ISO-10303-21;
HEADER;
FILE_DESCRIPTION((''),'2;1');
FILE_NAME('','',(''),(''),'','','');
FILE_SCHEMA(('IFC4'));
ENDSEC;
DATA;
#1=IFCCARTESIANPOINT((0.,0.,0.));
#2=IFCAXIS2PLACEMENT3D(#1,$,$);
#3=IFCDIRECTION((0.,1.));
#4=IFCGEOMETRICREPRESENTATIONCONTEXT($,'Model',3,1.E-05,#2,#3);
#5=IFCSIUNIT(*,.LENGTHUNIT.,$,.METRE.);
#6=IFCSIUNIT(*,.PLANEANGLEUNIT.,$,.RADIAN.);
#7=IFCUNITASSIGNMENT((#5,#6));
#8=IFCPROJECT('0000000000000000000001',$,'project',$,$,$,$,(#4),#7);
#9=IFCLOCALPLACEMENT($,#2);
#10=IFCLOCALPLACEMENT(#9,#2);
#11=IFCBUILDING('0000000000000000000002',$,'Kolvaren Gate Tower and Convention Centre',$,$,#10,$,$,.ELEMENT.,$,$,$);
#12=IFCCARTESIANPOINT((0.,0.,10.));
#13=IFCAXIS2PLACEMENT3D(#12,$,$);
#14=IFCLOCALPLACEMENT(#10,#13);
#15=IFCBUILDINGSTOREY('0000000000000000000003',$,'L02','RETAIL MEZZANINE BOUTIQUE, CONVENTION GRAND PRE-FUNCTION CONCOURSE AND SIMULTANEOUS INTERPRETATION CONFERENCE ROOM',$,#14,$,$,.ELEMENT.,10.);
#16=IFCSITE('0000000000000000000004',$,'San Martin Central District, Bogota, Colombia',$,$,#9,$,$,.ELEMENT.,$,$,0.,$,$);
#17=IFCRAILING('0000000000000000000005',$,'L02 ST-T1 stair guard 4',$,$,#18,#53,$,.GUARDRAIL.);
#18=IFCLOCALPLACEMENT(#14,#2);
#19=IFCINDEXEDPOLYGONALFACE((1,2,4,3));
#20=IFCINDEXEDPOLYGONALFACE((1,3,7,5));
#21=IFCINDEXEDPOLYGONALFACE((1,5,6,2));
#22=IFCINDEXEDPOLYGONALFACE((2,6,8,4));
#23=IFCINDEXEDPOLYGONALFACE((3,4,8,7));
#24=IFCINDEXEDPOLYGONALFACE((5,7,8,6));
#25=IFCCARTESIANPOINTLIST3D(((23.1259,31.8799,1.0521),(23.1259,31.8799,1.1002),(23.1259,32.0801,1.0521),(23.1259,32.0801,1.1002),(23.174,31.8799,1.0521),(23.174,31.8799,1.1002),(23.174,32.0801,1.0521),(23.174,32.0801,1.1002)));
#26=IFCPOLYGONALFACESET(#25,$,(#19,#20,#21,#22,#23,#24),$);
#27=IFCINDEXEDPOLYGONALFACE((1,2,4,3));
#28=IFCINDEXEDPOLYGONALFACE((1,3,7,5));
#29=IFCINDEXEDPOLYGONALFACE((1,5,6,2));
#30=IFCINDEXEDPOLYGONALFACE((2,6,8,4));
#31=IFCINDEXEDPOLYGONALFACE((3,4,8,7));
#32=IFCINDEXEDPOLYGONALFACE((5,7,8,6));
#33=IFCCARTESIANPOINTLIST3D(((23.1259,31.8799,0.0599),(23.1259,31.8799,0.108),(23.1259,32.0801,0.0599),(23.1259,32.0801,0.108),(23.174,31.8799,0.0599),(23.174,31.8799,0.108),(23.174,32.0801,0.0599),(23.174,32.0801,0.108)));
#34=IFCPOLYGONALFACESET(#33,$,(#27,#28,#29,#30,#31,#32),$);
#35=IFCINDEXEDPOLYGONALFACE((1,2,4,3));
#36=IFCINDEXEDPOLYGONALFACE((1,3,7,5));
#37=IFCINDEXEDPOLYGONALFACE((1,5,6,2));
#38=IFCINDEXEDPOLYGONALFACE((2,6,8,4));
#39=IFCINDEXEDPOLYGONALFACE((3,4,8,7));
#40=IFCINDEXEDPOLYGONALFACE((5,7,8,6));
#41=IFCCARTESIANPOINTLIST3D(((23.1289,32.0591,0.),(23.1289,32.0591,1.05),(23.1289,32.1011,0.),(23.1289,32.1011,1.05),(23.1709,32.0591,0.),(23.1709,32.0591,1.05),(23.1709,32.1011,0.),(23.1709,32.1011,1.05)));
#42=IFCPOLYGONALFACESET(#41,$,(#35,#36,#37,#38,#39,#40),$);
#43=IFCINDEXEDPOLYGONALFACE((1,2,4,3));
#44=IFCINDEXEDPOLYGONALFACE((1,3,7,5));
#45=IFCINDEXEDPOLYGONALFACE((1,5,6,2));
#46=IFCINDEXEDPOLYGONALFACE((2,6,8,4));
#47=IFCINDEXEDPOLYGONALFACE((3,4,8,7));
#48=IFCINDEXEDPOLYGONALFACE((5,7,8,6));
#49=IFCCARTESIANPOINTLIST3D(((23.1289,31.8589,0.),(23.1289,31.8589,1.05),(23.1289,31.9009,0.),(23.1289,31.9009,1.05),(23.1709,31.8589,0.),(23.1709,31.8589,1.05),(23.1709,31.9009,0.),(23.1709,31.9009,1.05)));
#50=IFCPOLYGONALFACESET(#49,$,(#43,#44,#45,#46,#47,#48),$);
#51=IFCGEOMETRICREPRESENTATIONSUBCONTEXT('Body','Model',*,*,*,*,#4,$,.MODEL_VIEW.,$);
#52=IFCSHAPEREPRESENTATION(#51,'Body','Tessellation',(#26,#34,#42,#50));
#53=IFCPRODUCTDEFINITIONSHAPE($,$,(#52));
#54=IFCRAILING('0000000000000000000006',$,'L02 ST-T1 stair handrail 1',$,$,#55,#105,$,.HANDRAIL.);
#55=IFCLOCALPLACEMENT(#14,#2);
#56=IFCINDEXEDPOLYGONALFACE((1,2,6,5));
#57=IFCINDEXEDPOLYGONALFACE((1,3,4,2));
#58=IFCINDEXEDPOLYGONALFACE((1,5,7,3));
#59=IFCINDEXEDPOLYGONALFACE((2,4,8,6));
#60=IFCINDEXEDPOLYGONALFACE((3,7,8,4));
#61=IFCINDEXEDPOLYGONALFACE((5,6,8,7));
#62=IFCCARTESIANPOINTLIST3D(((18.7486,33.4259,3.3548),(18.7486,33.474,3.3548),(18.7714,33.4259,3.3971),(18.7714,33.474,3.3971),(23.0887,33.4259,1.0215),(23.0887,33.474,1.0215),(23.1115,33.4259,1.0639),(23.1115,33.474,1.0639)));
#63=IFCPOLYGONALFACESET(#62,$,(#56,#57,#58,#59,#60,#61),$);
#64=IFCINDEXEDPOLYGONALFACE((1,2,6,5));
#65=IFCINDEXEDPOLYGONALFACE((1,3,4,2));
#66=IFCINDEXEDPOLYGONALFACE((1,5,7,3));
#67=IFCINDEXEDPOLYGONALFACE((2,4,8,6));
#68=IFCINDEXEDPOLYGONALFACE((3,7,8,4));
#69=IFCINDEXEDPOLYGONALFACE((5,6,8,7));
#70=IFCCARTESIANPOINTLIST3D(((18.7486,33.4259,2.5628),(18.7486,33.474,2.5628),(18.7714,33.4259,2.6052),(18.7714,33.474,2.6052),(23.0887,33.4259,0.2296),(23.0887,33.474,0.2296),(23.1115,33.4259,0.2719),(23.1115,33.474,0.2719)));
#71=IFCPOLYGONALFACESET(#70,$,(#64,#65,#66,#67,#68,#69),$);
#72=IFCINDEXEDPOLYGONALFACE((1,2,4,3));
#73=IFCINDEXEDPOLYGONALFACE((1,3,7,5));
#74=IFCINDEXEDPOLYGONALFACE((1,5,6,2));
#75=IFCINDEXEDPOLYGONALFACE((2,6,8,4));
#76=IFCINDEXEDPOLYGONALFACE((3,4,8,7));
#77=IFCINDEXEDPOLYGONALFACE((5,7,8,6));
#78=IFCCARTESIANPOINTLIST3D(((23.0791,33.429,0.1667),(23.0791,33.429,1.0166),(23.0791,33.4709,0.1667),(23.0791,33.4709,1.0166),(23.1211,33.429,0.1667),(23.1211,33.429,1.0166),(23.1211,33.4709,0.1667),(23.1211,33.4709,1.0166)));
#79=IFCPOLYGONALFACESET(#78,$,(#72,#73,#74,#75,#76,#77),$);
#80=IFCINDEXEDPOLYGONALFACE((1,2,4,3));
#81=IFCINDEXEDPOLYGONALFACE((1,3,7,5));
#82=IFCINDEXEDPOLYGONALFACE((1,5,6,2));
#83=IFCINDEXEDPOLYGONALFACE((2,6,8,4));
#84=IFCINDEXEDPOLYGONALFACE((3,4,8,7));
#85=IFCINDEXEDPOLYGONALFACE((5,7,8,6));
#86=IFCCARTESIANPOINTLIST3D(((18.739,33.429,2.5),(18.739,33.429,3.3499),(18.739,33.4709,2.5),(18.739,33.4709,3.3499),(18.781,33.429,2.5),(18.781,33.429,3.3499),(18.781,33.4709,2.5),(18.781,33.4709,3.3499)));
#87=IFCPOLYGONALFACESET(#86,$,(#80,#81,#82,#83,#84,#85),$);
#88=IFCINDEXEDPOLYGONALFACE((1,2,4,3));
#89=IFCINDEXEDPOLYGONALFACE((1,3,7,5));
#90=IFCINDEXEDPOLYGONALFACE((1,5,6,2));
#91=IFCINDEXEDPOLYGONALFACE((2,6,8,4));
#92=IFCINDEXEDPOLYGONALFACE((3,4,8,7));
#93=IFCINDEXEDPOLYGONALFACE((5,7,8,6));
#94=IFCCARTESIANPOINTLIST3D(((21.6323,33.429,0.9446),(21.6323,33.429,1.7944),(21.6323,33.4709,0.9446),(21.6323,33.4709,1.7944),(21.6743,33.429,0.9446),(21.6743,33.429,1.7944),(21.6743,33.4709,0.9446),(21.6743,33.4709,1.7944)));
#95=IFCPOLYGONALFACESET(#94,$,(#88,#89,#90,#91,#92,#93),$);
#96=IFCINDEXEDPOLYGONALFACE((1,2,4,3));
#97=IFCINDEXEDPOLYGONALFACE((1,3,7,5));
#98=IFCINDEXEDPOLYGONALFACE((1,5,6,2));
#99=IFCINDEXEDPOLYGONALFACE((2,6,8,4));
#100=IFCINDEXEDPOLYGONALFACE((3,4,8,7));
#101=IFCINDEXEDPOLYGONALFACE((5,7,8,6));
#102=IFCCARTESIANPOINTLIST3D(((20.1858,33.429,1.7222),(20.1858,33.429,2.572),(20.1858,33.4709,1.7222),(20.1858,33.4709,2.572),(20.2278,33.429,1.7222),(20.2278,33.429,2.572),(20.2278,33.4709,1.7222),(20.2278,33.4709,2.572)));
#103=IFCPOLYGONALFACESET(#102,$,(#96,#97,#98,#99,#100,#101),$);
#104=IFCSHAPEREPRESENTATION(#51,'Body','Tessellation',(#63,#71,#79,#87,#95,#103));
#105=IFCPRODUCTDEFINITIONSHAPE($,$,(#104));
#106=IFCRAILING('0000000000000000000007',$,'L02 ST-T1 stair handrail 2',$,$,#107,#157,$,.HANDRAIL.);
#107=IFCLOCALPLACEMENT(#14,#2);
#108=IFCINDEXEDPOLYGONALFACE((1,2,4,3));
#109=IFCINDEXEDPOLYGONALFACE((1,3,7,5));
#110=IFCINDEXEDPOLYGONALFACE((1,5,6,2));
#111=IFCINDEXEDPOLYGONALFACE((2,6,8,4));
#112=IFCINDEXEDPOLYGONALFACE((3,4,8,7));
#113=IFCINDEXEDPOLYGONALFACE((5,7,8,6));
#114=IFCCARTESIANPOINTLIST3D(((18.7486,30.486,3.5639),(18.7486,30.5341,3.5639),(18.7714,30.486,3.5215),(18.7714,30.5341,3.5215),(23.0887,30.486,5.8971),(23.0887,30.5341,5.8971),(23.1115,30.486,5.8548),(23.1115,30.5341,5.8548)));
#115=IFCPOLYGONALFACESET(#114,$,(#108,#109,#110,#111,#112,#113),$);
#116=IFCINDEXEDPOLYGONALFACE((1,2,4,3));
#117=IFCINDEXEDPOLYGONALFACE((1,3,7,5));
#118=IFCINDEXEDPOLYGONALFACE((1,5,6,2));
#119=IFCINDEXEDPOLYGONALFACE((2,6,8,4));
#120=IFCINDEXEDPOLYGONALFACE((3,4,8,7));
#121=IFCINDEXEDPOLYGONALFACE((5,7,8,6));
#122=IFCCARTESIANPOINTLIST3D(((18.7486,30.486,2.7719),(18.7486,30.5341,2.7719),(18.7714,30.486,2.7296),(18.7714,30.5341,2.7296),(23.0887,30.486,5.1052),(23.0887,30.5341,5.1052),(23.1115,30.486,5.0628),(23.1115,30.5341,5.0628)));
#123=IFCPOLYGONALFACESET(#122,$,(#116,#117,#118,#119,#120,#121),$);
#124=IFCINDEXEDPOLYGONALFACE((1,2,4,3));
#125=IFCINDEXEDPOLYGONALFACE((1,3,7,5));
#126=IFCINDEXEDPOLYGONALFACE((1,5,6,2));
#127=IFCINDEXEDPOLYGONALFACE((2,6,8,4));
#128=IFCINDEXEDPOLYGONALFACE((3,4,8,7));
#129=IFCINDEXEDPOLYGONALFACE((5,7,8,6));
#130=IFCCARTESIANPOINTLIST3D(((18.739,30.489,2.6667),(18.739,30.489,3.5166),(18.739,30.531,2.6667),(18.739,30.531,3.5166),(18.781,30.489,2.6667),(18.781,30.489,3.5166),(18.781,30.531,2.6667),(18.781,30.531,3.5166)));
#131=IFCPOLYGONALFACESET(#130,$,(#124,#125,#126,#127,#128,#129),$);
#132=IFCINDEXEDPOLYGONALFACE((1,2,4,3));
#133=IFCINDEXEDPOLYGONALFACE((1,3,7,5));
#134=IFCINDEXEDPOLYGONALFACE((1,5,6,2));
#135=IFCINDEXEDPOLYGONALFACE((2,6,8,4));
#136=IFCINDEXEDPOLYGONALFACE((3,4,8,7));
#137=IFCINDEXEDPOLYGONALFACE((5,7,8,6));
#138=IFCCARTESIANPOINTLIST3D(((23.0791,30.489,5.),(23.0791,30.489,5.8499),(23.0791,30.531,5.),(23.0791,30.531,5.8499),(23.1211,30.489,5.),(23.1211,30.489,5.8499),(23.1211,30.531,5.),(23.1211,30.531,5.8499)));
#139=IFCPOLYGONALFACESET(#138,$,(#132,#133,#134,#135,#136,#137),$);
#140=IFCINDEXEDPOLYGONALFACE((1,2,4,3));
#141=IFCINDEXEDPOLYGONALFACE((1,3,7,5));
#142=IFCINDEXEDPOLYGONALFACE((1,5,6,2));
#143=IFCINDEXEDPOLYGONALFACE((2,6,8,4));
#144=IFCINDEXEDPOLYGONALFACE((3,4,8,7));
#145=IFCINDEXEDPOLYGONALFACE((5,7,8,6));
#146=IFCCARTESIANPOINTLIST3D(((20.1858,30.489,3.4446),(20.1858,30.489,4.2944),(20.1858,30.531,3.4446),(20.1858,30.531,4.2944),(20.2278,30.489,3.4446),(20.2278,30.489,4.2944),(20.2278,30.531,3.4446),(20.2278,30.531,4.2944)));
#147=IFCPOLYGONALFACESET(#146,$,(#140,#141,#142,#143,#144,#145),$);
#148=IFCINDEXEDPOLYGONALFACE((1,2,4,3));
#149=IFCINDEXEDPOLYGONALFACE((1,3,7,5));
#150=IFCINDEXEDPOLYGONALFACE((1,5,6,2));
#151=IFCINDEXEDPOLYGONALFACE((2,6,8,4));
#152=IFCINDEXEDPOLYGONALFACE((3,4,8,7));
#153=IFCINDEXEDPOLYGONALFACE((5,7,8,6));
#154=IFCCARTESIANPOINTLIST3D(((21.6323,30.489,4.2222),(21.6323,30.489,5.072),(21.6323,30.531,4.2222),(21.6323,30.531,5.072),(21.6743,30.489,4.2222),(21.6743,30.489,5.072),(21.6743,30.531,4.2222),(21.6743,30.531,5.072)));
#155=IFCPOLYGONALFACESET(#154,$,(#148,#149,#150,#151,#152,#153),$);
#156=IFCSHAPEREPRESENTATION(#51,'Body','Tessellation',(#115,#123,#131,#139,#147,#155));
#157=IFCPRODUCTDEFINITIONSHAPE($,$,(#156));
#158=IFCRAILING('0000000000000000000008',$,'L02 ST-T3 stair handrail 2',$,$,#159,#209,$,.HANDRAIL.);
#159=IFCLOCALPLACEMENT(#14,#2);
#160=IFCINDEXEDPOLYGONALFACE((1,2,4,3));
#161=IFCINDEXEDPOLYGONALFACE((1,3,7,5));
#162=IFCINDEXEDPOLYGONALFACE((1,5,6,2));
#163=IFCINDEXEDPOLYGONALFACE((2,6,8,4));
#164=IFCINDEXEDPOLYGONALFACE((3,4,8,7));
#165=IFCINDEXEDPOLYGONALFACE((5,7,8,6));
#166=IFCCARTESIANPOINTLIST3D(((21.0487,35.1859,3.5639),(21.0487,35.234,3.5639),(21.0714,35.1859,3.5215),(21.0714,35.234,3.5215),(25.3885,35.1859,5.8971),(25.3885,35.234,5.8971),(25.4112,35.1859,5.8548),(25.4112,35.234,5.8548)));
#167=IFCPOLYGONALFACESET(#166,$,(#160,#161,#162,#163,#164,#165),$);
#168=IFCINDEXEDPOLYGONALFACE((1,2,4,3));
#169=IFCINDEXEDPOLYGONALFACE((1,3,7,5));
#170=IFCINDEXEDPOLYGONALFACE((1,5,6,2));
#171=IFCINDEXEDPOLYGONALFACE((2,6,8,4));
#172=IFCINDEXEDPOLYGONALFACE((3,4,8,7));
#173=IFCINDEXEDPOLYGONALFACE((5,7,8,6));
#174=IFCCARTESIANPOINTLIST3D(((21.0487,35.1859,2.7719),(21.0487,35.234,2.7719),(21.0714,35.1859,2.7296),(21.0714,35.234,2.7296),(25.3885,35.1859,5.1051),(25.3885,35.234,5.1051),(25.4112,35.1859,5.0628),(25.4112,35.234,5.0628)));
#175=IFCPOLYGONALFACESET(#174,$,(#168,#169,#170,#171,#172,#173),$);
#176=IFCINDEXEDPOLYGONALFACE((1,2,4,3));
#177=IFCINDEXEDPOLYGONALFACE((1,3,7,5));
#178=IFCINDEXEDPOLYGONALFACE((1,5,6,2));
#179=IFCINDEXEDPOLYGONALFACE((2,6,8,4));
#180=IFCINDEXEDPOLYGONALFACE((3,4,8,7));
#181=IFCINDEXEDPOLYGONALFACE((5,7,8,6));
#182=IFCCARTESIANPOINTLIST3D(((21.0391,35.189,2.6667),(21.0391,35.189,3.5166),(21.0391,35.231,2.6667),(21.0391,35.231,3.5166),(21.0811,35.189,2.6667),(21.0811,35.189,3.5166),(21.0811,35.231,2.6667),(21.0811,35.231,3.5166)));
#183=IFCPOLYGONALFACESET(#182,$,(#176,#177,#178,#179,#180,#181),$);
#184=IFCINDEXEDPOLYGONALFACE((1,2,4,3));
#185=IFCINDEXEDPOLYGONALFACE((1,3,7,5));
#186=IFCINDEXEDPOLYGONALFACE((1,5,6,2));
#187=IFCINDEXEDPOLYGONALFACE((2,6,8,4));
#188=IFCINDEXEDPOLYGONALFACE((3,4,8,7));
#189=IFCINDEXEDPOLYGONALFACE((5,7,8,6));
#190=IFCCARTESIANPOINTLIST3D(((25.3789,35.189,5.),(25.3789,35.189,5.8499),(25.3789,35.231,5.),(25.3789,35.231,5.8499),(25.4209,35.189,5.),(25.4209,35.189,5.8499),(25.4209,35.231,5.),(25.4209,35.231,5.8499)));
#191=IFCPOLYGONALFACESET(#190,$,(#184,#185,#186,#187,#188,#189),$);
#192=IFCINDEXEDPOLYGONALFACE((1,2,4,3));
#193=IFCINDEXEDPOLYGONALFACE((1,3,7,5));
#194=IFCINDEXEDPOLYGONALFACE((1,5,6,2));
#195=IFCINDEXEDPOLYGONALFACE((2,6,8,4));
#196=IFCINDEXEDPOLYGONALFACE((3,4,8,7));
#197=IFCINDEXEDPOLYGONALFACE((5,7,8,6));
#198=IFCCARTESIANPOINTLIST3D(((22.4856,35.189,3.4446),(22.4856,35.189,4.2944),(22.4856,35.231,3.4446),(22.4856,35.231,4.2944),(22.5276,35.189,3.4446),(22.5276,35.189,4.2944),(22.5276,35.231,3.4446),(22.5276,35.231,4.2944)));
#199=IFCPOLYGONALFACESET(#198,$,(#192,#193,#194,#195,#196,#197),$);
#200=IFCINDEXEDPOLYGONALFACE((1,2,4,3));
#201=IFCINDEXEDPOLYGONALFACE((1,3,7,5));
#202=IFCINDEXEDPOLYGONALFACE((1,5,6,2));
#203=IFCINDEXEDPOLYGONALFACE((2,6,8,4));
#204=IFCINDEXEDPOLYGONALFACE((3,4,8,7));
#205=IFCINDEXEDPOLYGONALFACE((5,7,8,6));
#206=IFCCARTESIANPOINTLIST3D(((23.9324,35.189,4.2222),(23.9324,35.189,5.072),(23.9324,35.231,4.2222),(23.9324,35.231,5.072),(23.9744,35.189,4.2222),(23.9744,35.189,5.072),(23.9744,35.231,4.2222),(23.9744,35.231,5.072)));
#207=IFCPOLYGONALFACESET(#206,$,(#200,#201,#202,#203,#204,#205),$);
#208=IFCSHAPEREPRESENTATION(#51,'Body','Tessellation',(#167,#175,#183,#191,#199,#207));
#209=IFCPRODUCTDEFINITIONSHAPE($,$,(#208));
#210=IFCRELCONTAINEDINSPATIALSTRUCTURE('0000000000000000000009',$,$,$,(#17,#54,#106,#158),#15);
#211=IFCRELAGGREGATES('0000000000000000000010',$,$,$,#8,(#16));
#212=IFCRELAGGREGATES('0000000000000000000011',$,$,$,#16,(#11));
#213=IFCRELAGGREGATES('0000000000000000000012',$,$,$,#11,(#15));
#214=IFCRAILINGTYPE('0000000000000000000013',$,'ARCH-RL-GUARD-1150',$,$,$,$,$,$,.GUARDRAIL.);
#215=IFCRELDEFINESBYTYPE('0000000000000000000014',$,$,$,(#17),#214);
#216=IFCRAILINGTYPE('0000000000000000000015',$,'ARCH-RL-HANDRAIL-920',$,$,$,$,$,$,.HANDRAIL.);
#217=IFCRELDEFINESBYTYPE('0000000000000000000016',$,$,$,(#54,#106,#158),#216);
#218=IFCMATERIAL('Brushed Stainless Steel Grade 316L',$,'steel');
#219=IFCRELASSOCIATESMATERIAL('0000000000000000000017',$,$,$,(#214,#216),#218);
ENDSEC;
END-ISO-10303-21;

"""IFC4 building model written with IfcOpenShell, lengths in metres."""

from ifc_helpers import new_model, si_unit, direction, frame, origin, origin_2d, place, context, subcontext, project, spatial, rectangle, extrude, material, type_object, element, save


model = new_model("IFC4")

# Units and contexts
model_context = context("Model", 3, precision=1e-05, world=origin(), true_north=direction((0.0, 1.0)))
body_context = subcontext(model_context, "Body", "Model", "MODEL_VIEW")
ifc_project = project(units=[si_unit("LENGTHUNIT", "METRE"), si_unit("PLANEANGLEUNIT", "RADIAN")], contexts=[model_context])

# Site, building, storey
site_placement = place(None, origin())
site = spatial("IfcSite", under=ifc_project, at=site_placement, Name="San Martin Central District, Bogota, Colombia", CompositionType="ELEMENT", RefElevation=0.0)
building_placement = place(site_placement, origin())
building = spatial("IfcBuilding", under=site, at=building_placement, Name="Kolvaren Gate Tower and Convention Centre", CompositionType="ELEMENT")
storey_placement = place(building_placement, frame((0.0, 0.0, 10.0)))
storey = spatial("IfcBuildingStorey", under=building, at=storey_placement, Name="L02", Description="RETAIL MEZZANINE BOUTIQUE, CONVENTION GRAND PRE-FUNCTION CONCOURSE AND SIMULTANEOUS INTERPRETATION CONFERENCE ROOM", CompositionType="ELEMENT", Elevation=10.0)

# Shared definitions
ifc_material_1 = material(Name="Brushed Stainless Steel Grade 316L", Category="steel")

# Railings
railing_type_1 = type_object("IfcRailingType", Name="ARCH-RL-GUARD-1150", PredefinedType="GUARDRAIL", material=ifc_material_1)
railing_1_placement = place(storey_placement, frame((23.1499, 32.0801, 0.0)))
element("IfcRailing", 1, at=railing_1_placement, inside=storey, type_object=railing_type_1, Name="L02 ST-T1 stair guard 4", PredefinedType="GUARDRAIL", context=body_context, shape_type="SweptSolid", body=[
    extrude(rectangle(XDim=0.0481, YDim=0.0481, at=origin_2d()), frame((0.0, 0.0, 1.0762), z_axis=(0.0, -1.0, 0.0), x_axis=(1.0, 0.0, 0.0)), (0.0, 0.0, 1.0), 0.2002),
    extrude(rectangle(XDim=0.0481, YDim=0.0481, at=origin_2d()), frame((0.0, 0.0, 0.084), z_axis=(0.0, -1.0, 0.0), x_axis=(1.0, 0.0, 0.0)), (0.0, 0.0, 1.0), 0.2002),
    extrude(rectangle(XDim=0.042, YDim=0.042, at=origin_2d()), origin(), (0.0, 0.0, 1.0), 1.05),
    extrude(rectangle(XDim=0.042, YDim=0.042, at=origin_2d()), frame((0.0, -0.2002, 0.0)), (0.0, 0.0, 1.0), 1.05),
])
railing_type_2 = type_object("IfcRailingType", Name="ARCH-RL-HANDRAIL-920", PredefinedType="HANDRAIL", material=ifc_material_1)
railing_2_placement = place(storey_placement, frame((23.1001, 33.45, 0.1667)))
element("IfcRailing", 2, at=railing_2_placement, inside=storey, type_object=railing_type_2, Name="L02 ST-T1 stair handrail 1", PredefinedType="HANDRAIL", context=body_context, shape_type="SweptSolid", body=[
    extrude(rectangle(XDim=0.0481, YDim=0.0481, at=origin_2d()), frame((0.0, 0.0, 0.876), z_axis=(-0.880786, 0.0, 0.473515), x_axis=(0.0, -1.0, 0.0)), (0.0, 0.0, 1.0), 4.9275),
    extrude(rectangle(XDim=0.0481, YDim=0.0481, at=origin_2d()), frame((0.0, 0.0, 0.084), z_axis=(-0.880786, 0.0, 0.473515), x_axis=(0.0, -1.0, 0.0)), (0.0, 0.0, 1.0), 4.9275),
    extrude(rectangle(XDim=0.042, YDim=0.042, at=origin_2d()), origin(), (0.0, 0.0, 1.0), 0.8499),
    extrude(rectangle(XDim=0.042, YDim=0.042, at=origin_2d()), frame((-4.3401, 0.0, 2.3333)), (0.0, 0.0, 1.0), 0.8499),
    extrude(rectangle(XDim=0.042, YDim=0.042, at=origin_2d()), frame((-1.4468, 0.0, 0.7778)), (0.0, 0.0, 1.0), 0.8499),
    extrude(rectangle(XDim=0.042, YDim=0.042, at=origin_2d()), frame((-2.8933, 0.0, 1.5554)), (0.0, 0.0, 1.0), 0.8499),
])
railing_3_placement = place(storey_placement, frame((18.76, 30.51, 2.6667)))
element("IfcRailing", 3, at=railing_3_placement, inside=storey, type_object=railing_type_2, Name="L02 ST-T1 stair handrail 2", PredefinedType="HANDRAIL", context=body_context, shape_type="SweptSolid", body=[
    extrude(rectangle(XDim=0.0481, YDim=0.0481, at=origin_2d()), frame((0.0, 0.0, 0.876), z_axis=(0.880786, 0.0, 0.473515), x_axis=(0.0, 1.0, 0.0)), (0.0, 0.0, 1.0), 4.9275),
    extrude(rectangle(XDim=0.0481, YDim=0.0481, at=origin_2d()), frame((0.0, 0.0, 0.084), z_axis=(0.880786, 0.0, 0.473515), x_axis=(0.0, 1.0, 0.0)), (0.0, 0.0, 1.0), 4.9275),
    extrude(rectangle(XDim=0.042, YDim=0.042, at=origin_2d()), origin(), (0.0, 0.0, 1.0), 0.8499),
    extrude(rectangle(XDim=0.042, YDim=0.042, at=origin_2d()), frame((4.3401, 0.0, 2.3333)), (0.0, 0.0, 1.0), 0.8499),
    extrude(rectangle(XDim=0.042, YDim=0.042, at=origin_2d()), frame((1.4468, 0.0, 0.7778)), (0.0, 0.0, 1.0), 0.8499),
    extrude(rectangle(XDim=0.042, YDim=0.042, at=origin_2d()), frame((2.8933, 0.0, 1.5554)), (0.0, 0.0, 1.0), 0.8499),
])
railing_4_placement = place(storey_placement, frame((21.0601, 35.21, 2.6667)))
element("IfcRailing", 4, at=railing_4_placement, inside=storey, type_object=railing_type_2, Name="L02 ST-T3 stair handrail 2", PredefinedType="HANDRAIL", context=body_context, shape_type="SweptSolid", body=[
    extrude(rectangle(XDim=0.0481, YDim=0.0481, at=origin_2d()), frame((0.0, 0.0, 0.876), z_axis=(0.880775, 0.0, 0.473535), x_axis=(0.0, 1.0, 0.0)), (0.0, 0.0, 1.0), 4.9272),
    extrude(rectangle(XDim=0.0481, YDim=0.0481, at=origin_2d()), frame((0.0, 0.0, 0.084), z_axis=(0.880775, 0.0, 0.473535), x_axis=(0.0, 1.0, 0.0)), (0.0, 0.0, 1.0), 4.9272),
    extrude(rectangle(XDim=0.042, YDim=0.042, at=origin_2d()), origin(), (0.0, 0.0, 1.0), 0.8499),
    extrude(rectangle(XDim=0.042, YDim=0.042, at=origin_2d()), frame((4.3398, 0.0, 2.3333)), (0.0, 0.0, 1.0), 0.8499),
    extrude(rectangle(XDim=0.042, YDim=0.042, at=origin_2d()), frame((1.4465, 0.0, 0.7778)), (0.0, 0.0, 1.0), 0.8499),
    extrude(rectangle(XDim=0.042, YDim=0.042, at=origin_2d()), frame((2.8933, 0.0, 1.5554)), (0.0, 0.0, 1.0), 0.8499),
])

save(model, "model.ifc")
